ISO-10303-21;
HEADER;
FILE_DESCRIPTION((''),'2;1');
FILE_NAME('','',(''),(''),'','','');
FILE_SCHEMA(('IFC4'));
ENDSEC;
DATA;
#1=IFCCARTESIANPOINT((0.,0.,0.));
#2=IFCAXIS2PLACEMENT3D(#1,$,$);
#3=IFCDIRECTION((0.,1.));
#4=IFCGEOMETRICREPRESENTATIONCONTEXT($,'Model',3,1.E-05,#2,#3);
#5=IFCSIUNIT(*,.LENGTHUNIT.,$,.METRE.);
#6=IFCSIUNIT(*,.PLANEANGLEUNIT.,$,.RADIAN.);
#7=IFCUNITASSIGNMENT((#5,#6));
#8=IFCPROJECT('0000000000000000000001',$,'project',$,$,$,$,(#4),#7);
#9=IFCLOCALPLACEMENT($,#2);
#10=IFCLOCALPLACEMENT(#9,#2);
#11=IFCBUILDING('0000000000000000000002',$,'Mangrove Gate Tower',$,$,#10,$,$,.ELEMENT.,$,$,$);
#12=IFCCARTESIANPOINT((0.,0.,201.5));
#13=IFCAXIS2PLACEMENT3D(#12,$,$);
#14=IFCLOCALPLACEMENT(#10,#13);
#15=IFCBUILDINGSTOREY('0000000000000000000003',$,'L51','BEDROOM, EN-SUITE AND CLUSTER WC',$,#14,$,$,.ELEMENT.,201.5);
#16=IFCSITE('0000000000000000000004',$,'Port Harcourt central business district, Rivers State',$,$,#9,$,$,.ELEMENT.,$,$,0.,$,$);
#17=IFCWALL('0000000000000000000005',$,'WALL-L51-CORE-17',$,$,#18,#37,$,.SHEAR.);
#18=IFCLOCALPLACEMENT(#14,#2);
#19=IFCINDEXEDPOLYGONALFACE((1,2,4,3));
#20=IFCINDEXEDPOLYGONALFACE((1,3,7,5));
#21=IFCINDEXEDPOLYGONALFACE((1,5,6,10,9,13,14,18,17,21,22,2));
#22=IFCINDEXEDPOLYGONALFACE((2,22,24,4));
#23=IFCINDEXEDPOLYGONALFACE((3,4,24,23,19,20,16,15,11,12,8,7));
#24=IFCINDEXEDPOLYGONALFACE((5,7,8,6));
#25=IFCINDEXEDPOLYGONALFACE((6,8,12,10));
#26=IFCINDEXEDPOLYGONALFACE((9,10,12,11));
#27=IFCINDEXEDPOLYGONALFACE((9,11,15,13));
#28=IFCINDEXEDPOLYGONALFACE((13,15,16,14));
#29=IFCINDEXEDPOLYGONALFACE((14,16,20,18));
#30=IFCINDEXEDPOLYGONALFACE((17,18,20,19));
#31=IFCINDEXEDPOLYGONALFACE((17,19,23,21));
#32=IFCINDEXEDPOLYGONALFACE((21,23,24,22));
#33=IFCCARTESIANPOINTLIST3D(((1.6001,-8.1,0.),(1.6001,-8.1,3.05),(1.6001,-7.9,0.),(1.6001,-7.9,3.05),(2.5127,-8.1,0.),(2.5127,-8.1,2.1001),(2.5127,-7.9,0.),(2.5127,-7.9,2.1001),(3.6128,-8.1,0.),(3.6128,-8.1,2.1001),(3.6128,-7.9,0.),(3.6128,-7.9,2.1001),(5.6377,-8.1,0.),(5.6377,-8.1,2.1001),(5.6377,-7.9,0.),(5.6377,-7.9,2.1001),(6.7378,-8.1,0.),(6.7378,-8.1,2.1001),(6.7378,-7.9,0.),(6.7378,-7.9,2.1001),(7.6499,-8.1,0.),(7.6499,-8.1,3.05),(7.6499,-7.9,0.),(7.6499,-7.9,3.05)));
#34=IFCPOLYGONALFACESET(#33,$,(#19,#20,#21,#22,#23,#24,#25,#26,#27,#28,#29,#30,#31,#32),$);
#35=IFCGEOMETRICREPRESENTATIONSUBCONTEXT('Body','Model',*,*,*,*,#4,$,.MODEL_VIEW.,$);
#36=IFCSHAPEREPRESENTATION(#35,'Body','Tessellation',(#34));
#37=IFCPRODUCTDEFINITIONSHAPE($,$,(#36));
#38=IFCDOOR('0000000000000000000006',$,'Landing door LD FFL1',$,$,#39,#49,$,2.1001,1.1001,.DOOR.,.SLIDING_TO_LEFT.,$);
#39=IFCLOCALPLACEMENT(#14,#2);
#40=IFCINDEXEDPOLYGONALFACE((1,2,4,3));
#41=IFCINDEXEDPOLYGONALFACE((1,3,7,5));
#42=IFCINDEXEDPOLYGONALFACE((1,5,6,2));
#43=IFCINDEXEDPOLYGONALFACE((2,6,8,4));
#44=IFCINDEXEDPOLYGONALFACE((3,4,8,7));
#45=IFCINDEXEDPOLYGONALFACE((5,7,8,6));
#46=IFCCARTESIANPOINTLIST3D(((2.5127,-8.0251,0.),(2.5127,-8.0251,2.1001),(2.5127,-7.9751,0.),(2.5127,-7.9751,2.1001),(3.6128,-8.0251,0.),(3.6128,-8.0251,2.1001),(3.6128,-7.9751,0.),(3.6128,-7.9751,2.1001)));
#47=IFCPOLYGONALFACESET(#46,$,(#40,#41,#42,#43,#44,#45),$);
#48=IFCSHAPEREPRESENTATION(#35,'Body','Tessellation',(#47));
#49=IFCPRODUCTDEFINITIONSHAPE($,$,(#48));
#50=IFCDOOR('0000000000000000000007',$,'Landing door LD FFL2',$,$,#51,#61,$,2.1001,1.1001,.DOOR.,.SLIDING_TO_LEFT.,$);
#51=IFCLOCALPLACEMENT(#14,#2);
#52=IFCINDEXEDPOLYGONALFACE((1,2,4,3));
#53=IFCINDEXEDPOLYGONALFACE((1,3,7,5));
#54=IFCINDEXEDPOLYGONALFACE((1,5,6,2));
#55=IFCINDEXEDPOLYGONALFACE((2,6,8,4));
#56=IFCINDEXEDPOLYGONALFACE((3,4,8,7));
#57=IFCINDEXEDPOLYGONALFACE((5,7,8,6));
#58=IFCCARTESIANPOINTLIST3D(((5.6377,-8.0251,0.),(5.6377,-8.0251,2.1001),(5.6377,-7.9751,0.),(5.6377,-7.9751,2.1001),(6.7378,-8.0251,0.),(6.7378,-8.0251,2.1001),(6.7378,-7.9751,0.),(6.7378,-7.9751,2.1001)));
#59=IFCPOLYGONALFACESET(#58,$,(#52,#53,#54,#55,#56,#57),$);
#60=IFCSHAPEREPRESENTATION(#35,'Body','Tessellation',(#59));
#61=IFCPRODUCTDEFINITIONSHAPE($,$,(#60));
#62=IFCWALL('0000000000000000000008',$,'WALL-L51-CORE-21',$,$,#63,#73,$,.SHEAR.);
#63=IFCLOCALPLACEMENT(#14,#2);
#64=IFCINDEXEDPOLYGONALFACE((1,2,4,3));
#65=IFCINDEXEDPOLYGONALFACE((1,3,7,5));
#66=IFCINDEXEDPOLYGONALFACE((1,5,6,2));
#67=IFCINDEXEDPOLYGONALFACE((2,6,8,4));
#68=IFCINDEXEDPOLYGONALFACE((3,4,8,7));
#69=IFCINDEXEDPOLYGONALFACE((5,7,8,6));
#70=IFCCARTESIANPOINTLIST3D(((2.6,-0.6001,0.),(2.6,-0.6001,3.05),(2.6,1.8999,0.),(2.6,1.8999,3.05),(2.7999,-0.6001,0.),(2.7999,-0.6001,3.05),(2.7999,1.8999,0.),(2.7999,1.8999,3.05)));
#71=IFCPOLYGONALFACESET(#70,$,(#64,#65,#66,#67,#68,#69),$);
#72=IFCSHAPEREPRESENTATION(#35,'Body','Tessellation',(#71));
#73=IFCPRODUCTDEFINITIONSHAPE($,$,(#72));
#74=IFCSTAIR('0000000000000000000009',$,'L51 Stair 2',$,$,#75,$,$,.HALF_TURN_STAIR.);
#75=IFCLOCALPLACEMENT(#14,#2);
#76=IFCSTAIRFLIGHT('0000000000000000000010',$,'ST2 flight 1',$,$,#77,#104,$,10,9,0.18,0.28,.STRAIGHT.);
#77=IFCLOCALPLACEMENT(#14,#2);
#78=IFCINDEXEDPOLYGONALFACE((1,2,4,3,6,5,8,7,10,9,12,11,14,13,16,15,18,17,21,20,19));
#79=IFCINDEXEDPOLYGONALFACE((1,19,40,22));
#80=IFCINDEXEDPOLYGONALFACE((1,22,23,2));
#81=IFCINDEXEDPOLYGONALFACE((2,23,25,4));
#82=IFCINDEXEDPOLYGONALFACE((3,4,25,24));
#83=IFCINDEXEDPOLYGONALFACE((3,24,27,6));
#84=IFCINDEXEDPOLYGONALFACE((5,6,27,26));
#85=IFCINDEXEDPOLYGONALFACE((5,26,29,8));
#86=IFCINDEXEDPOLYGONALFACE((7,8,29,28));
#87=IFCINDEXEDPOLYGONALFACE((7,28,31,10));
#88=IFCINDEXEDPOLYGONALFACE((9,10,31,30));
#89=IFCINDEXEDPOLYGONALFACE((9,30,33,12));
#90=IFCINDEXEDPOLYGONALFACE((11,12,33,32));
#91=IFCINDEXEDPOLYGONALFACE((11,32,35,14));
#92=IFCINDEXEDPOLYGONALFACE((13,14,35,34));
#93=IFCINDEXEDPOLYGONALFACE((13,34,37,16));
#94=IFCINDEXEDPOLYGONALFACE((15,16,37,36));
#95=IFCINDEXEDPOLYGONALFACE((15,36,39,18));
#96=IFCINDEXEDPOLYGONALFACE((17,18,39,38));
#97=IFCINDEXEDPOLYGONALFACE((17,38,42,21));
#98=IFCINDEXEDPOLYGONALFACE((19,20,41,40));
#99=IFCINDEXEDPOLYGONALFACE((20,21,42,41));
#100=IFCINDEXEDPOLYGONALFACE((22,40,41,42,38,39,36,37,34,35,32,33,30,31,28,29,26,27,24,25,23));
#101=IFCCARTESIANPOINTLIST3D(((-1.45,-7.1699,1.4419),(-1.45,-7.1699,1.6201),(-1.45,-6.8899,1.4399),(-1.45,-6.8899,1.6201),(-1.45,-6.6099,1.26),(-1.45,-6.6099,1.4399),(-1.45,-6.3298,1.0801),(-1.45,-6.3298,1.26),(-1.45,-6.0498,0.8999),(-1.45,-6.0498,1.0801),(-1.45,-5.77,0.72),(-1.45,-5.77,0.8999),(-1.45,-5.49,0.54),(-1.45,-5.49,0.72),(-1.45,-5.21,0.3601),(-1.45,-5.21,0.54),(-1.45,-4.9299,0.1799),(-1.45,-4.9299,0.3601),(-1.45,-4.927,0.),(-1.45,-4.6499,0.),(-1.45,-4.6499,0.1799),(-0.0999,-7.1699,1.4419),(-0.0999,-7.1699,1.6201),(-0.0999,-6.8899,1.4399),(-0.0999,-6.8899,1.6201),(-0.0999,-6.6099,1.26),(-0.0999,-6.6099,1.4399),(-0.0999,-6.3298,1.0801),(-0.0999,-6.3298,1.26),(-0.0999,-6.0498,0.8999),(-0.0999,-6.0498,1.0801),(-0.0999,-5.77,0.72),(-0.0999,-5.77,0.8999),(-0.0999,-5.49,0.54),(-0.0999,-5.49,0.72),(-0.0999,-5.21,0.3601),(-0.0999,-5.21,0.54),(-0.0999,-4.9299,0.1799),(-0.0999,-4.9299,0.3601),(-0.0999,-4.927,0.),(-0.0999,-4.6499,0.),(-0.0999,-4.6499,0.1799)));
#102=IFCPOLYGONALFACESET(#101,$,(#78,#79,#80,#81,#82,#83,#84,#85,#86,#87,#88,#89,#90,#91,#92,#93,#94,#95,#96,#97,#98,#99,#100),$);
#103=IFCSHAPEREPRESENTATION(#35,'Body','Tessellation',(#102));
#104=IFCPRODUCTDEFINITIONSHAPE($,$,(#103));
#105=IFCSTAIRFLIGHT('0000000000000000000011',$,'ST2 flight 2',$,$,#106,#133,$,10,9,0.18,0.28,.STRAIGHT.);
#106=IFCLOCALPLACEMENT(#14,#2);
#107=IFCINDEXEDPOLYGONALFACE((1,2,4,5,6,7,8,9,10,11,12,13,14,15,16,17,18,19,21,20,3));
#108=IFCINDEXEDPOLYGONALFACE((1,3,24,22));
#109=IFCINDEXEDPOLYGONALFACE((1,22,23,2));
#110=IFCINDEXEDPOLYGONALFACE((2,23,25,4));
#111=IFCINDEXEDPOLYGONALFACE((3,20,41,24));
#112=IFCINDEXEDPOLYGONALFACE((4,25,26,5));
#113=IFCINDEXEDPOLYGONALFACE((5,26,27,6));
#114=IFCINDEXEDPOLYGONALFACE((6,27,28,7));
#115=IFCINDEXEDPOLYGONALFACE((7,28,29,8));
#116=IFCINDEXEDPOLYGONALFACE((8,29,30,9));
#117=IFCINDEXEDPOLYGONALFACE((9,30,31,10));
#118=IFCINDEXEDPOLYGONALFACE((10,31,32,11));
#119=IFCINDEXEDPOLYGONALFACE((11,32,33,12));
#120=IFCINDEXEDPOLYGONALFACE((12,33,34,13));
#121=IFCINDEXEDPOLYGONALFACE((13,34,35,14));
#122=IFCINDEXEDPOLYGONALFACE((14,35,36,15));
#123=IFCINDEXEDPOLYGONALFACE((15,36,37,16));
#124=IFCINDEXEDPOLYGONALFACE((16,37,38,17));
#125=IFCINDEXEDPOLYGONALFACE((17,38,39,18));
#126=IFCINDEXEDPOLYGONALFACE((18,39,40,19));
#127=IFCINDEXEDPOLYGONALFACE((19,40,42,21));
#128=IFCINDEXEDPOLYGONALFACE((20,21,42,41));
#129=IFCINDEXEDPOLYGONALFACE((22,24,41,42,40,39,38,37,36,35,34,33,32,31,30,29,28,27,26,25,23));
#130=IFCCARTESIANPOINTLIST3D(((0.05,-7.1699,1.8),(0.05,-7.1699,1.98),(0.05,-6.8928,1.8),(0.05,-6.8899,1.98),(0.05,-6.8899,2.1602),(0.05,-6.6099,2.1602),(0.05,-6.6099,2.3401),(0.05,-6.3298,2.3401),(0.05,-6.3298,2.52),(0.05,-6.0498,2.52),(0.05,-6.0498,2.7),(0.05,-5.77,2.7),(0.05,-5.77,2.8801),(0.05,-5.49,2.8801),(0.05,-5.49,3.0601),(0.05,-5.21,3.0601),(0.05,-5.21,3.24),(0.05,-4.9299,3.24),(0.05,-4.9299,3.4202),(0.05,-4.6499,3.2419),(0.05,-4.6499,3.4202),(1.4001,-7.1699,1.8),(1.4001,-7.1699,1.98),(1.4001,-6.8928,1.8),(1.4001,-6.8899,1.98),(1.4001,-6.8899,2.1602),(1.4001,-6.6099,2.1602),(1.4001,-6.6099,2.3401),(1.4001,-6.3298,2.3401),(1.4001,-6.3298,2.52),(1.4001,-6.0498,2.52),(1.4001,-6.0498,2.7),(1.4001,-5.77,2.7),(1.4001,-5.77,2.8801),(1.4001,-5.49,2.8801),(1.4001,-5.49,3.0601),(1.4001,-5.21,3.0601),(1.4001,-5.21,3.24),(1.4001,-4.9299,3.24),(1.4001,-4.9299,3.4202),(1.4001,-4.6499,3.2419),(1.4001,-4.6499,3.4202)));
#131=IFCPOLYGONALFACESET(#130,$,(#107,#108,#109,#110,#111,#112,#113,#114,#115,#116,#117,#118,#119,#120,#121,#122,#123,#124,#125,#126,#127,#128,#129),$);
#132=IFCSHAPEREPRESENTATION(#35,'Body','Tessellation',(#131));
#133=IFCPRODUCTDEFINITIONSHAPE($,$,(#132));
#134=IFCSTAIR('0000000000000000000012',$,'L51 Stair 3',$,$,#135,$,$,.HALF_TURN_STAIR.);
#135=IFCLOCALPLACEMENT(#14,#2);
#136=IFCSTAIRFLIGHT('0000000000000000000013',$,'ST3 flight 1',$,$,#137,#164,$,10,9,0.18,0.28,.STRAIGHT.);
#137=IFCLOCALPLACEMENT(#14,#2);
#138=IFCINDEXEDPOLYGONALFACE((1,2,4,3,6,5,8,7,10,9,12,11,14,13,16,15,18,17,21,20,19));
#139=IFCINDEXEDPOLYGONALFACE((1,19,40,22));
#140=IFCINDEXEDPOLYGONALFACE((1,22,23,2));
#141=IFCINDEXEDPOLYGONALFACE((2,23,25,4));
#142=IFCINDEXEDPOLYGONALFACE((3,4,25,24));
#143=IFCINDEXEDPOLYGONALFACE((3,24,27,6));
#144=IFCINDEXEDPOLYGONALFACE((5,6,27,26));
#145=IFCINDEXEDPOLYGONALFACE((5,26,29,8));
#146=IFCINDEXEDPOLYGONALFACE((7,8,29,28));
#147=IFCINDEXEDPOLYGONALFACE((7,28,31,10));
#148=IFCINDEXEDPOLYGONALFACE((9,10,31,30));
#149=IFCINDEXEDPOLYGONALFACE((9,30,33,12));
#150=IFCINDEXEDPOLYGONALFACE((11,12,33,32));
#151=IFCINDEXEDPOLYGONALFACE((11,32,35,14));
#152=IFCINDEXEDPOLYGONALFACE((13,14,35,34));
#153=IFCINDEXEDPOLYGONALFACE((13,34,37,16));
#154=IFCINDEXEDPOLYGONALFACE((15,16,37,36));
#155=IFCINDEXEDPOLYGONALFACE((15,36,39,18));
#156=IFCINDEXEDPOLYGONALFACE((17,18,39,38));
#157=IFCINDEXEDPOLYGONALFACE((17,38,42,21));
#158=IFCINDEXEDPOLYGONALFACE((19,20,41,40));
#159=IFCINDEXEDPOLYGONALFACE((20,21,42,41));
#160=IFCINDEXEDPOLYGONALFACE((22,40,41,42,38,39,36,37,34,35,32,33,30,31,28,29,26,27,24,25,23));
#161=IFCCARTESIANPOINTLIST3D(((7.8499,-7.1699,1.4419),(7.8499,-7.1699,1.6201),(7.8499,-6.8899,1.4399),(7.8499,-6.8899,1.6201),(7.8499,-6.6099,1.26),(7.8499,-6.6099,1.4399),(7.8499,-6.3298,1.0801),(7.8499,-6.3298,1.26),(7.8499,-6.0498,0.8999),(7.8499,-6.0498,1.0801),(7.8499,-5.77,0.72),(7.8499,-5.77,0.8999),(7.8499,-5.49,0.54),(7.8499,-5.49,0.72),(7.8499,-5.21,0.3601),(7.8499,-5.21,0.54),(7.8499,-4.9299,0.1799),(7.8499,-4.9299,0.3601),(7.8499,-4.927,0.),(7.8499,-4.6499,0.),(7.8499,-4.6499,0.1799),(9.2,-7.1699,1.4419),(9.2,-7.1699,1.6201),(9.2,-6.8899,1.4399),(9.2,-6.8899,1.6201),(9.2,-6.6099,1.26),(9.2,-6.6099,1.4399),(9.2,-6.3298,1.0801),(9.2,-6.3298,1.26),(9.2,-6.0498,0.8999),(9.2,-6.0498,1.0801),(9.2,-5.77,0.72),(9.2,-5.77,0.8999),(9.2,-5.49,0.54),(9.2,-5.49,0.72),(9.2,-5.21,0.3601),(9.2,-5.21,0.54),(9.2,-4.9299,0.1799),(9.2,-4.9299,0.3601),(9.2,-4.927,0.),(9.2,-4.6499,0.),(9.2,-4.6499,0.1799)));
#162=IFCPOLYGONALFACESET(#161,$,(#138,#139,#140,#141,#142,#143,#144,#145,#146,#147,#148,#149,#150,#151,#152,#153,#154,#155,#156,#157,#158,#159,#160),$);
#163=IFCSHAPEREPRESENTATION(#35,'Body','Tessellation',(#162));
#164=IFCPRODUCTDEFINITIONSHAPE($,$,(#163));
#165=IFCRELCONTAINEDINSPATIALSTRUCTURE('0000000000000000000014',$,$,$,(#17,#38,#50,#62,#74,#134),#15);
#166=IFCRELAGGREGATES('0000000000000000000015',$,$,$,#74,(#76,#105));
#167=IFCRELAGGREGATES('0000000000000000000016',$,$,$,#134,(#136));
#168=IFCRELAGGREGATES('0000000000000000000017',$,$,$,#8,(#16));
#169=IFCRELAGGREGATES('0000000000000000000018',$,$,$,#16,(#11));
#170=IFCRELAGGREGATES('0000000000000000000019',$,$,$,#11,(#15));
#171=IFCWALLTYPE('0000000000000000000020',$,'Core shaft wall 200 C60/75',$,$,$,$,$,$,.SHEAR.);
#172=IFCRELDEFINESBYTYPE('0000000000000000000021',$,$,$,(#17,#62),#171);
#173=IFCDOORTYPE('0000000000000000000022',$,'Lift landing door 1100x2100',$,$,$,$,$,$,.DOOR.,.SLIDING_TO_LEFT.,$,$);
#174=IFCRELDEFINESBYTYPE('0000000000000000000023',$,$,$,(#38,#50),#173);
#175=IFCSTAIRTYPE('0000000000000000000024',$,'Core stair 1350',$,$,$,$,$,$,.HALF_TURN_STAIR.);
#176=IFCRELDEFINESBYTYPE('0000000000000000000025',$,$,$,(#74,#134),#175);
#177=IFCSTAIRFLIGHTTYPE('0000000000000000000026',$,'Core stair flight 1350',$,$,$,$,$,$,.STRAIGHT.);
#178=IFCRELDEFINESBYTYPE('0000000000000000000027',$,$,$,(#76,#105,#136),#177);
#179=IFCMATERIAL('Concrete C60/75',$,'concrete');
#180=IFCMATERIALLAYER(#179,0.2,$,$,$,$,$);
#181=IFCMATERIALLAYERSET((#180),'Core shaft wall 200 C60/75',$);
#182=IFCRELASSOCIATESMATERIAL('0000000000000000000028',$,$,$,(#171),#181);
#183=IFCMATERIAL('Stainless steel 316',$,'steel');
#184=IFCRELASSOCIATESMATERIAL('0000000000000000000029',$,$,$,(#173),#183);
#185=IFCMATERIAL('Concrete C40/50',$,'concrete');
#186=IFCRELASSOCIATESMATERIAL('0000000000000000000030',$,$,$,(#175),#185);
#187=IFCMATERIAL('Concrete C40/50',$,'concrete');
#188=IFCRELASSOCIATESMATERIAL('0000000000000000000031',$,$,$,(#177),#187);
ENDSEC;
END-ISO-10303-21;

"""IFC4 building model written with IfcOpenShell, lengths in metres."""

from ifc_helpers import new_model, si_unit, direction, frame, frame_2d, origin, place, context, subcontext, project, spatial, polyline, rectangle, outline, extrude, material, layer, layer_set, type_object, element, fill, aggregate, save


model = new_model("IFC4")

# Units and contexts
model_context = context("Model", 3, precision=1e-05, world=origin(), true_north=direction((0.0, 1.0)))
body_context = subcontext(model_context, "Body", "Model", "MODEL_VIEW")
ifc_project = project(units=[si_unit("LENGTHUNIT", "METRE"), si_unit("PLANEANGLEUNIT", "RADIAN")], contexts=[model_context])

# Site, building, storey
site_placement = place(None, origin())
site = spatial("IfcSite", under=ifc_project, at=site_placement, Name="Port Harcourt central business district, Rivers State", CompositionType="ELEMENT", RefElevation=0.0)
building_placement = place(site_placement, origin())
building = spatial("IfcBuilding", under=site, at=building_placement, Name="Mangrove Gate Tower", CompositionType="ELEMENT")
storey_placement = place(building_placement, frame((0.0, 0.0, 201.5)))
storey = spatial("IfcBuildingStorey", under=building, at=storey_placement, Name="L51", Description="BEDROOM, EN-SUITE AND CLUSTER WC", CompositionType="ELEMENT", Elevation=201.5)

# Wall, openings, doors
ifc_material_1 = material(Name="Concrete C60/75", Category="concrete")
ifc_layer = layer(ifc_material_1, 0.2)
ifc_layer_set = layer_set([ifc_layer], Name="Core shaft wall 200 C60/75")
wall_type = type_object("IfcWallType", Name="Core shaft wall 200 C60/75", PredefinedType="SHEAR", material=ifc_layer_set)
wall_1_placement = place(storey_placement, frame((1.6001, -8.0, 0.0), z_axis=(0.0, 0.0, 1.0), x_axis=(1.0, 0.0, 0.0)))
wall_1 = element("IfcWall", 1, at=wall_1_placement, inside=storey, type_object=wall_type, Name="WALL-L51-CORE-17", PredefinedType="SHEAR", context=body_context, shape_type="SweptSolid", body=[
    extrude(rectangle(XDim=6.0498, YDim=0.2, at=frame_2d((3.0249, 0.0))), origin(), (0.0, 0.0, 1.0), 3.05),
])
opening_1_placement = place(wall_1_placement, frame((0.9126, 0.0, 0.0)))
opening_1 = element("IfcOpeningElement", 2, at=opening_1_placement, cuts=wall_1, PredefinedType="OPENING", context=body_context, shape_type="SweptSolid", body=[
    extrude(rectangle(XDim=1.1001, YDim=2.1001, at=frame_2d((0.55, 1.05))), frame((0.0, 0.1099, 0.0), z_axis=(0.0, -1.0, 0.0), x_axis=(1.0, 0.0, 0.0)), (0.0, 0.0, 1.0), 0.22),
])
opening_2_placement = place(wall_1_placement, frame((4.0376, 0.0, 0.0)))
opening_2 = element("IfcOpeningElement", 3, at=opening_2_placement, cuts=wall_1, PredefinedType="OPENING", context=body_context, shape_type="SweptSolid", body=[
    extrude(rectangle(XDim=1.1001, YDim=2.1001, at=frame_2d((0.55, 1.05))), frame((0.0, 0.1099, 0.0), z_axis=(0.0, -1.0, 0.0), x_axis=(1.0, 0.0, 0.0)), (0.0, 0.0, 1.0), 0.22),
])
ifc_material_2 = material(Name="Stainless steel 316", Category="steel")
door_type = type_object("IfcDoorType", Name="Lift landing door 1100x2100", OperationType="SLIDING_TO_LEFT", PredefinedType="DOOR", material=ifc_material_2)
door_1_placement = place(opening_1_placement, origin())
door_1 = element("IfcDoor", 4, at=door_1_placement, inside=storey, type_object=door_type, Name="Landing door LD FFL1", OperationType="SLIDING_TO_LEFT", OverallHeight=2.1001, OverallWidth=1.1001, PredefinedType="DOOR", context=body_context, shape_type="SweptSolid", body=[
    extrude(rectangle(XDim=1.1001, YDim=2.1001, at=frame_2d((0.55, 1.05))), frame((0.0, 0.0249, 0.0), z_axis=(0.0, -1.0, 0.0), x_axis=(1.0, 0.0, 0.0)), (0.0, 0.0, 1.0), 0.05),
])
fill(opening_1, door_1)
door_2_placement = place(opening_2_placement, origin())
door_2 = element("IfcDoor", 5, at=door_2_placement, inside=storey, type_object=door_type, Name="Landing door LD FFL2", OperationType="SLIDING_TO_LEFT", OverallHeight=2.1001, OverallWidth=1.1001, PredefinedType="DOOR", context=body_context, shape_type="SweptSolid", body=[
    extrude(rectangle(XDim=1.1001, YDim=2.1001, at=frame_2d((0.55, 1.05))), frame((0.0, 0.0249, 0.0), z_axis=(0.0, -1.0, 0.0), x_axis=(1.0, 0.0, 0.0)), (0.0, 0.0, 1.0), 0.05),
])
fill(opening_2, door_2)

# Wall
wall_2_placement = place(storey_placement, frame((2.7, -0.6001, 0.0), z_axis=(0.0, 0.0, 1.0), x_axis=(0.0, 1.0, 0.0)))
element("IfcWall", 6, at=wall_2_placement, inside=storey, type_object=wall_type, Name="WALL-L51-CORE-21", PredefinedType="SHEAR", context=body_context, shape_type="SweptSolid", body=[
    extrude(rectangle(XDim=2.5, YDim=0.2, at=frame_2d((1.25, 0.0))), origin(), (0.0, 0.0, 1.0), 3.05),
])

# Stairs, stair flights
ifc_material_3 = material(Name="Concrete C40/50", Category="concrete")
stair_type = type_object("IfcStairType", Name="Core stair 1350", PredefinedType="HALF_TURN_STAIR", material=ifc_material_3)
stair_1_placement = place(storey_placement, origin())
stair_1 = element("IfcStair", 7, at=stair_1_placement, inside=storey, type_object=stair_type, Name="L51 Stair 2", PredefinedType="HALF_TURN_STAIR")
ifc_material_4 = material(Name="Concrete C40/50", Category="concrete")
stair_flight_type = type_object("IfcStairFlightType", Name="Core stair flight 1350", PredefinedType="STRAIGHT", material=ifc_material_4)
stair_flight_1_placement = place(storey_placement, frame((-0.7749, -4.6499, 0.0), z_axis=(0.0, 0.0, 1.0), x_axis=(0.0, -1.0, 0.0)))
stair_flight_1 = element("IfcStairFlight", 8, at=stair_flight_1_placement, type_object=stair_flight_type, Name="ST2 flight 1", NumberOfRisers=10, NumberOfTreads=9, PredefinedType="STRAIGHT", RiserHeight=0.18, TreadLength=0.28, context=body_context, shape_type="SweptSolid", body=[
    extrude(outline(polyline([(0.0, 0.0), (0.0, 0.1799), (0.28, 0.1799), (0.28, 0.3601), (0.5601, 0.3601), (0.5601, 0.54), (0.8401, 0.54), (0.8401, 0.72), (1.1201, 0.72), (1.1201, 0.8999), (1.3999, 0.8999), (1.3999, 1.0801), (1.6799, 1.0801), (1.6799, 1.26), (1.96, 1.26), (1.96, 1.4399), (2.24, 1.4399), (2.24, 1.6201), (2.52, 1.6201), (2.52, 1.8), (2.52, 1.4419), (0.2771, 0.0), (0.0, 0.0)])), frame((0.0, 0.675, 0.0), z_axis=(0.0, -1.0, 0.0), x_axis=(1.0, 0.0, 0.0)), (0.0, 0.0, 1.0), 1.3501),
])
stair_flight_2_placement = place(storey_placement, frame((0.7251, -7.1699, 1.8), z_axis=(0.0, 0.0, 1.0), x_axis=(0.0, 1.0, 0.0)))
stair_flight_2 = element("IfcStairFlight", 9, at=stair_flight_2_placement, type_object=stair_flight_type, Name="ST2 flight 2", NumberOfRisers=10, NumberOfTreads=9, PredefinedType="STRAIGHT", RiserHeight=0.18, TreadLength=0.28, context=body_context, shape_type="SweptSolid", body=[
    extrude(outline(polyline([(0.0, 0.0), (0.0, 0.1799), (0.28, 0.1799), (0.28, 0.3601), (0.5601, 0.3601), (0.5601, 0.54), (0.8401, 0.54), (0.8401, 0.72), (1.1201, 0.72), (1.1201, 0.8999), (1.3999, 0.8999), (1.3999, 1.0801), (1.6799, 1.0801), (1.6799, 1.26), (1.96, 1.26), (1.96, 1.4399), (2.24, 1.4399), (2.24, 1.6201), (2.52, 1.6201), (2.52, 1.8), (2.52, 1.4419), (0.2771, 0.0), (0.0, 0.0)])), frame((0.0, 0.675, 0.0), z_axis=(0.0, -1.0, 0.0), x_axis=(1.0, 0.0, 0.0)), (0.0, 0.0, 1.0), 1.3501),
])
aggregate(stair_1, [stair_flight_1, stair_flight_2])
stair_2_placement = place(storey_placement, origin())
stair_2 = element("IfcStair", 10, at=stair_2_placement, inside=storey, type_object=stair_type, Name="L51 Stair 3", PredefinedType="HALF_TURN_STAIR")
stair_flight_3_placement = place(storey_placement, frame((8.5249, -4.6499, 0.0), z_axis=(0.0, 0.0, 1.0), x_axis=(0.0, -1.0, 0.0)))
stair_flight_3 = element("IfcStairFlight", 11, at=stair_flight_3_placement, type_object=stair_flight_type, Name="ST3 flight 1", NumberOfRisers=10, NumberOfTreads=9, PredefinedType="STRAIGHT", RiserHeight=0.18, TreadLength=0.28, context=body_context, shape_type="SweptSolid", body=[
    extrude(outline(polyline([(0.0, 0.0), (0.0, 0.1799), (0.28, 0.1799), (0.28, 0.3601), (0.5601, 0.3601), (0.5601, 0.54), (0.8401, 0.54), (0.8401, 0.72), (1.1201, 0.72), (1.1201, 0.8999), (1.3999, 0.8999), (1.3999, 1.0801), (1.6799, 1.0801), (1.6799, 1.26), (1.96, 1.26), (1.96, 1.4399), (2.24, 1.4399), (2.24, 1.6201), (2.52, 1.6201), (2.52, 1.8), (2.52, 1.4419), (0.2771, 0.0), (0.0, 0.0)])), frame((0.0, 0.675, 0.0), z_axis=(0.0, -1.0, 0.0), x_axis=(1.0, 0.0, 0.0)), (0.0, 0.0, 1.0), 1.3501),
])
aggregate(stair_2, [stair_flight_3])

save(model, "model.ifc")
